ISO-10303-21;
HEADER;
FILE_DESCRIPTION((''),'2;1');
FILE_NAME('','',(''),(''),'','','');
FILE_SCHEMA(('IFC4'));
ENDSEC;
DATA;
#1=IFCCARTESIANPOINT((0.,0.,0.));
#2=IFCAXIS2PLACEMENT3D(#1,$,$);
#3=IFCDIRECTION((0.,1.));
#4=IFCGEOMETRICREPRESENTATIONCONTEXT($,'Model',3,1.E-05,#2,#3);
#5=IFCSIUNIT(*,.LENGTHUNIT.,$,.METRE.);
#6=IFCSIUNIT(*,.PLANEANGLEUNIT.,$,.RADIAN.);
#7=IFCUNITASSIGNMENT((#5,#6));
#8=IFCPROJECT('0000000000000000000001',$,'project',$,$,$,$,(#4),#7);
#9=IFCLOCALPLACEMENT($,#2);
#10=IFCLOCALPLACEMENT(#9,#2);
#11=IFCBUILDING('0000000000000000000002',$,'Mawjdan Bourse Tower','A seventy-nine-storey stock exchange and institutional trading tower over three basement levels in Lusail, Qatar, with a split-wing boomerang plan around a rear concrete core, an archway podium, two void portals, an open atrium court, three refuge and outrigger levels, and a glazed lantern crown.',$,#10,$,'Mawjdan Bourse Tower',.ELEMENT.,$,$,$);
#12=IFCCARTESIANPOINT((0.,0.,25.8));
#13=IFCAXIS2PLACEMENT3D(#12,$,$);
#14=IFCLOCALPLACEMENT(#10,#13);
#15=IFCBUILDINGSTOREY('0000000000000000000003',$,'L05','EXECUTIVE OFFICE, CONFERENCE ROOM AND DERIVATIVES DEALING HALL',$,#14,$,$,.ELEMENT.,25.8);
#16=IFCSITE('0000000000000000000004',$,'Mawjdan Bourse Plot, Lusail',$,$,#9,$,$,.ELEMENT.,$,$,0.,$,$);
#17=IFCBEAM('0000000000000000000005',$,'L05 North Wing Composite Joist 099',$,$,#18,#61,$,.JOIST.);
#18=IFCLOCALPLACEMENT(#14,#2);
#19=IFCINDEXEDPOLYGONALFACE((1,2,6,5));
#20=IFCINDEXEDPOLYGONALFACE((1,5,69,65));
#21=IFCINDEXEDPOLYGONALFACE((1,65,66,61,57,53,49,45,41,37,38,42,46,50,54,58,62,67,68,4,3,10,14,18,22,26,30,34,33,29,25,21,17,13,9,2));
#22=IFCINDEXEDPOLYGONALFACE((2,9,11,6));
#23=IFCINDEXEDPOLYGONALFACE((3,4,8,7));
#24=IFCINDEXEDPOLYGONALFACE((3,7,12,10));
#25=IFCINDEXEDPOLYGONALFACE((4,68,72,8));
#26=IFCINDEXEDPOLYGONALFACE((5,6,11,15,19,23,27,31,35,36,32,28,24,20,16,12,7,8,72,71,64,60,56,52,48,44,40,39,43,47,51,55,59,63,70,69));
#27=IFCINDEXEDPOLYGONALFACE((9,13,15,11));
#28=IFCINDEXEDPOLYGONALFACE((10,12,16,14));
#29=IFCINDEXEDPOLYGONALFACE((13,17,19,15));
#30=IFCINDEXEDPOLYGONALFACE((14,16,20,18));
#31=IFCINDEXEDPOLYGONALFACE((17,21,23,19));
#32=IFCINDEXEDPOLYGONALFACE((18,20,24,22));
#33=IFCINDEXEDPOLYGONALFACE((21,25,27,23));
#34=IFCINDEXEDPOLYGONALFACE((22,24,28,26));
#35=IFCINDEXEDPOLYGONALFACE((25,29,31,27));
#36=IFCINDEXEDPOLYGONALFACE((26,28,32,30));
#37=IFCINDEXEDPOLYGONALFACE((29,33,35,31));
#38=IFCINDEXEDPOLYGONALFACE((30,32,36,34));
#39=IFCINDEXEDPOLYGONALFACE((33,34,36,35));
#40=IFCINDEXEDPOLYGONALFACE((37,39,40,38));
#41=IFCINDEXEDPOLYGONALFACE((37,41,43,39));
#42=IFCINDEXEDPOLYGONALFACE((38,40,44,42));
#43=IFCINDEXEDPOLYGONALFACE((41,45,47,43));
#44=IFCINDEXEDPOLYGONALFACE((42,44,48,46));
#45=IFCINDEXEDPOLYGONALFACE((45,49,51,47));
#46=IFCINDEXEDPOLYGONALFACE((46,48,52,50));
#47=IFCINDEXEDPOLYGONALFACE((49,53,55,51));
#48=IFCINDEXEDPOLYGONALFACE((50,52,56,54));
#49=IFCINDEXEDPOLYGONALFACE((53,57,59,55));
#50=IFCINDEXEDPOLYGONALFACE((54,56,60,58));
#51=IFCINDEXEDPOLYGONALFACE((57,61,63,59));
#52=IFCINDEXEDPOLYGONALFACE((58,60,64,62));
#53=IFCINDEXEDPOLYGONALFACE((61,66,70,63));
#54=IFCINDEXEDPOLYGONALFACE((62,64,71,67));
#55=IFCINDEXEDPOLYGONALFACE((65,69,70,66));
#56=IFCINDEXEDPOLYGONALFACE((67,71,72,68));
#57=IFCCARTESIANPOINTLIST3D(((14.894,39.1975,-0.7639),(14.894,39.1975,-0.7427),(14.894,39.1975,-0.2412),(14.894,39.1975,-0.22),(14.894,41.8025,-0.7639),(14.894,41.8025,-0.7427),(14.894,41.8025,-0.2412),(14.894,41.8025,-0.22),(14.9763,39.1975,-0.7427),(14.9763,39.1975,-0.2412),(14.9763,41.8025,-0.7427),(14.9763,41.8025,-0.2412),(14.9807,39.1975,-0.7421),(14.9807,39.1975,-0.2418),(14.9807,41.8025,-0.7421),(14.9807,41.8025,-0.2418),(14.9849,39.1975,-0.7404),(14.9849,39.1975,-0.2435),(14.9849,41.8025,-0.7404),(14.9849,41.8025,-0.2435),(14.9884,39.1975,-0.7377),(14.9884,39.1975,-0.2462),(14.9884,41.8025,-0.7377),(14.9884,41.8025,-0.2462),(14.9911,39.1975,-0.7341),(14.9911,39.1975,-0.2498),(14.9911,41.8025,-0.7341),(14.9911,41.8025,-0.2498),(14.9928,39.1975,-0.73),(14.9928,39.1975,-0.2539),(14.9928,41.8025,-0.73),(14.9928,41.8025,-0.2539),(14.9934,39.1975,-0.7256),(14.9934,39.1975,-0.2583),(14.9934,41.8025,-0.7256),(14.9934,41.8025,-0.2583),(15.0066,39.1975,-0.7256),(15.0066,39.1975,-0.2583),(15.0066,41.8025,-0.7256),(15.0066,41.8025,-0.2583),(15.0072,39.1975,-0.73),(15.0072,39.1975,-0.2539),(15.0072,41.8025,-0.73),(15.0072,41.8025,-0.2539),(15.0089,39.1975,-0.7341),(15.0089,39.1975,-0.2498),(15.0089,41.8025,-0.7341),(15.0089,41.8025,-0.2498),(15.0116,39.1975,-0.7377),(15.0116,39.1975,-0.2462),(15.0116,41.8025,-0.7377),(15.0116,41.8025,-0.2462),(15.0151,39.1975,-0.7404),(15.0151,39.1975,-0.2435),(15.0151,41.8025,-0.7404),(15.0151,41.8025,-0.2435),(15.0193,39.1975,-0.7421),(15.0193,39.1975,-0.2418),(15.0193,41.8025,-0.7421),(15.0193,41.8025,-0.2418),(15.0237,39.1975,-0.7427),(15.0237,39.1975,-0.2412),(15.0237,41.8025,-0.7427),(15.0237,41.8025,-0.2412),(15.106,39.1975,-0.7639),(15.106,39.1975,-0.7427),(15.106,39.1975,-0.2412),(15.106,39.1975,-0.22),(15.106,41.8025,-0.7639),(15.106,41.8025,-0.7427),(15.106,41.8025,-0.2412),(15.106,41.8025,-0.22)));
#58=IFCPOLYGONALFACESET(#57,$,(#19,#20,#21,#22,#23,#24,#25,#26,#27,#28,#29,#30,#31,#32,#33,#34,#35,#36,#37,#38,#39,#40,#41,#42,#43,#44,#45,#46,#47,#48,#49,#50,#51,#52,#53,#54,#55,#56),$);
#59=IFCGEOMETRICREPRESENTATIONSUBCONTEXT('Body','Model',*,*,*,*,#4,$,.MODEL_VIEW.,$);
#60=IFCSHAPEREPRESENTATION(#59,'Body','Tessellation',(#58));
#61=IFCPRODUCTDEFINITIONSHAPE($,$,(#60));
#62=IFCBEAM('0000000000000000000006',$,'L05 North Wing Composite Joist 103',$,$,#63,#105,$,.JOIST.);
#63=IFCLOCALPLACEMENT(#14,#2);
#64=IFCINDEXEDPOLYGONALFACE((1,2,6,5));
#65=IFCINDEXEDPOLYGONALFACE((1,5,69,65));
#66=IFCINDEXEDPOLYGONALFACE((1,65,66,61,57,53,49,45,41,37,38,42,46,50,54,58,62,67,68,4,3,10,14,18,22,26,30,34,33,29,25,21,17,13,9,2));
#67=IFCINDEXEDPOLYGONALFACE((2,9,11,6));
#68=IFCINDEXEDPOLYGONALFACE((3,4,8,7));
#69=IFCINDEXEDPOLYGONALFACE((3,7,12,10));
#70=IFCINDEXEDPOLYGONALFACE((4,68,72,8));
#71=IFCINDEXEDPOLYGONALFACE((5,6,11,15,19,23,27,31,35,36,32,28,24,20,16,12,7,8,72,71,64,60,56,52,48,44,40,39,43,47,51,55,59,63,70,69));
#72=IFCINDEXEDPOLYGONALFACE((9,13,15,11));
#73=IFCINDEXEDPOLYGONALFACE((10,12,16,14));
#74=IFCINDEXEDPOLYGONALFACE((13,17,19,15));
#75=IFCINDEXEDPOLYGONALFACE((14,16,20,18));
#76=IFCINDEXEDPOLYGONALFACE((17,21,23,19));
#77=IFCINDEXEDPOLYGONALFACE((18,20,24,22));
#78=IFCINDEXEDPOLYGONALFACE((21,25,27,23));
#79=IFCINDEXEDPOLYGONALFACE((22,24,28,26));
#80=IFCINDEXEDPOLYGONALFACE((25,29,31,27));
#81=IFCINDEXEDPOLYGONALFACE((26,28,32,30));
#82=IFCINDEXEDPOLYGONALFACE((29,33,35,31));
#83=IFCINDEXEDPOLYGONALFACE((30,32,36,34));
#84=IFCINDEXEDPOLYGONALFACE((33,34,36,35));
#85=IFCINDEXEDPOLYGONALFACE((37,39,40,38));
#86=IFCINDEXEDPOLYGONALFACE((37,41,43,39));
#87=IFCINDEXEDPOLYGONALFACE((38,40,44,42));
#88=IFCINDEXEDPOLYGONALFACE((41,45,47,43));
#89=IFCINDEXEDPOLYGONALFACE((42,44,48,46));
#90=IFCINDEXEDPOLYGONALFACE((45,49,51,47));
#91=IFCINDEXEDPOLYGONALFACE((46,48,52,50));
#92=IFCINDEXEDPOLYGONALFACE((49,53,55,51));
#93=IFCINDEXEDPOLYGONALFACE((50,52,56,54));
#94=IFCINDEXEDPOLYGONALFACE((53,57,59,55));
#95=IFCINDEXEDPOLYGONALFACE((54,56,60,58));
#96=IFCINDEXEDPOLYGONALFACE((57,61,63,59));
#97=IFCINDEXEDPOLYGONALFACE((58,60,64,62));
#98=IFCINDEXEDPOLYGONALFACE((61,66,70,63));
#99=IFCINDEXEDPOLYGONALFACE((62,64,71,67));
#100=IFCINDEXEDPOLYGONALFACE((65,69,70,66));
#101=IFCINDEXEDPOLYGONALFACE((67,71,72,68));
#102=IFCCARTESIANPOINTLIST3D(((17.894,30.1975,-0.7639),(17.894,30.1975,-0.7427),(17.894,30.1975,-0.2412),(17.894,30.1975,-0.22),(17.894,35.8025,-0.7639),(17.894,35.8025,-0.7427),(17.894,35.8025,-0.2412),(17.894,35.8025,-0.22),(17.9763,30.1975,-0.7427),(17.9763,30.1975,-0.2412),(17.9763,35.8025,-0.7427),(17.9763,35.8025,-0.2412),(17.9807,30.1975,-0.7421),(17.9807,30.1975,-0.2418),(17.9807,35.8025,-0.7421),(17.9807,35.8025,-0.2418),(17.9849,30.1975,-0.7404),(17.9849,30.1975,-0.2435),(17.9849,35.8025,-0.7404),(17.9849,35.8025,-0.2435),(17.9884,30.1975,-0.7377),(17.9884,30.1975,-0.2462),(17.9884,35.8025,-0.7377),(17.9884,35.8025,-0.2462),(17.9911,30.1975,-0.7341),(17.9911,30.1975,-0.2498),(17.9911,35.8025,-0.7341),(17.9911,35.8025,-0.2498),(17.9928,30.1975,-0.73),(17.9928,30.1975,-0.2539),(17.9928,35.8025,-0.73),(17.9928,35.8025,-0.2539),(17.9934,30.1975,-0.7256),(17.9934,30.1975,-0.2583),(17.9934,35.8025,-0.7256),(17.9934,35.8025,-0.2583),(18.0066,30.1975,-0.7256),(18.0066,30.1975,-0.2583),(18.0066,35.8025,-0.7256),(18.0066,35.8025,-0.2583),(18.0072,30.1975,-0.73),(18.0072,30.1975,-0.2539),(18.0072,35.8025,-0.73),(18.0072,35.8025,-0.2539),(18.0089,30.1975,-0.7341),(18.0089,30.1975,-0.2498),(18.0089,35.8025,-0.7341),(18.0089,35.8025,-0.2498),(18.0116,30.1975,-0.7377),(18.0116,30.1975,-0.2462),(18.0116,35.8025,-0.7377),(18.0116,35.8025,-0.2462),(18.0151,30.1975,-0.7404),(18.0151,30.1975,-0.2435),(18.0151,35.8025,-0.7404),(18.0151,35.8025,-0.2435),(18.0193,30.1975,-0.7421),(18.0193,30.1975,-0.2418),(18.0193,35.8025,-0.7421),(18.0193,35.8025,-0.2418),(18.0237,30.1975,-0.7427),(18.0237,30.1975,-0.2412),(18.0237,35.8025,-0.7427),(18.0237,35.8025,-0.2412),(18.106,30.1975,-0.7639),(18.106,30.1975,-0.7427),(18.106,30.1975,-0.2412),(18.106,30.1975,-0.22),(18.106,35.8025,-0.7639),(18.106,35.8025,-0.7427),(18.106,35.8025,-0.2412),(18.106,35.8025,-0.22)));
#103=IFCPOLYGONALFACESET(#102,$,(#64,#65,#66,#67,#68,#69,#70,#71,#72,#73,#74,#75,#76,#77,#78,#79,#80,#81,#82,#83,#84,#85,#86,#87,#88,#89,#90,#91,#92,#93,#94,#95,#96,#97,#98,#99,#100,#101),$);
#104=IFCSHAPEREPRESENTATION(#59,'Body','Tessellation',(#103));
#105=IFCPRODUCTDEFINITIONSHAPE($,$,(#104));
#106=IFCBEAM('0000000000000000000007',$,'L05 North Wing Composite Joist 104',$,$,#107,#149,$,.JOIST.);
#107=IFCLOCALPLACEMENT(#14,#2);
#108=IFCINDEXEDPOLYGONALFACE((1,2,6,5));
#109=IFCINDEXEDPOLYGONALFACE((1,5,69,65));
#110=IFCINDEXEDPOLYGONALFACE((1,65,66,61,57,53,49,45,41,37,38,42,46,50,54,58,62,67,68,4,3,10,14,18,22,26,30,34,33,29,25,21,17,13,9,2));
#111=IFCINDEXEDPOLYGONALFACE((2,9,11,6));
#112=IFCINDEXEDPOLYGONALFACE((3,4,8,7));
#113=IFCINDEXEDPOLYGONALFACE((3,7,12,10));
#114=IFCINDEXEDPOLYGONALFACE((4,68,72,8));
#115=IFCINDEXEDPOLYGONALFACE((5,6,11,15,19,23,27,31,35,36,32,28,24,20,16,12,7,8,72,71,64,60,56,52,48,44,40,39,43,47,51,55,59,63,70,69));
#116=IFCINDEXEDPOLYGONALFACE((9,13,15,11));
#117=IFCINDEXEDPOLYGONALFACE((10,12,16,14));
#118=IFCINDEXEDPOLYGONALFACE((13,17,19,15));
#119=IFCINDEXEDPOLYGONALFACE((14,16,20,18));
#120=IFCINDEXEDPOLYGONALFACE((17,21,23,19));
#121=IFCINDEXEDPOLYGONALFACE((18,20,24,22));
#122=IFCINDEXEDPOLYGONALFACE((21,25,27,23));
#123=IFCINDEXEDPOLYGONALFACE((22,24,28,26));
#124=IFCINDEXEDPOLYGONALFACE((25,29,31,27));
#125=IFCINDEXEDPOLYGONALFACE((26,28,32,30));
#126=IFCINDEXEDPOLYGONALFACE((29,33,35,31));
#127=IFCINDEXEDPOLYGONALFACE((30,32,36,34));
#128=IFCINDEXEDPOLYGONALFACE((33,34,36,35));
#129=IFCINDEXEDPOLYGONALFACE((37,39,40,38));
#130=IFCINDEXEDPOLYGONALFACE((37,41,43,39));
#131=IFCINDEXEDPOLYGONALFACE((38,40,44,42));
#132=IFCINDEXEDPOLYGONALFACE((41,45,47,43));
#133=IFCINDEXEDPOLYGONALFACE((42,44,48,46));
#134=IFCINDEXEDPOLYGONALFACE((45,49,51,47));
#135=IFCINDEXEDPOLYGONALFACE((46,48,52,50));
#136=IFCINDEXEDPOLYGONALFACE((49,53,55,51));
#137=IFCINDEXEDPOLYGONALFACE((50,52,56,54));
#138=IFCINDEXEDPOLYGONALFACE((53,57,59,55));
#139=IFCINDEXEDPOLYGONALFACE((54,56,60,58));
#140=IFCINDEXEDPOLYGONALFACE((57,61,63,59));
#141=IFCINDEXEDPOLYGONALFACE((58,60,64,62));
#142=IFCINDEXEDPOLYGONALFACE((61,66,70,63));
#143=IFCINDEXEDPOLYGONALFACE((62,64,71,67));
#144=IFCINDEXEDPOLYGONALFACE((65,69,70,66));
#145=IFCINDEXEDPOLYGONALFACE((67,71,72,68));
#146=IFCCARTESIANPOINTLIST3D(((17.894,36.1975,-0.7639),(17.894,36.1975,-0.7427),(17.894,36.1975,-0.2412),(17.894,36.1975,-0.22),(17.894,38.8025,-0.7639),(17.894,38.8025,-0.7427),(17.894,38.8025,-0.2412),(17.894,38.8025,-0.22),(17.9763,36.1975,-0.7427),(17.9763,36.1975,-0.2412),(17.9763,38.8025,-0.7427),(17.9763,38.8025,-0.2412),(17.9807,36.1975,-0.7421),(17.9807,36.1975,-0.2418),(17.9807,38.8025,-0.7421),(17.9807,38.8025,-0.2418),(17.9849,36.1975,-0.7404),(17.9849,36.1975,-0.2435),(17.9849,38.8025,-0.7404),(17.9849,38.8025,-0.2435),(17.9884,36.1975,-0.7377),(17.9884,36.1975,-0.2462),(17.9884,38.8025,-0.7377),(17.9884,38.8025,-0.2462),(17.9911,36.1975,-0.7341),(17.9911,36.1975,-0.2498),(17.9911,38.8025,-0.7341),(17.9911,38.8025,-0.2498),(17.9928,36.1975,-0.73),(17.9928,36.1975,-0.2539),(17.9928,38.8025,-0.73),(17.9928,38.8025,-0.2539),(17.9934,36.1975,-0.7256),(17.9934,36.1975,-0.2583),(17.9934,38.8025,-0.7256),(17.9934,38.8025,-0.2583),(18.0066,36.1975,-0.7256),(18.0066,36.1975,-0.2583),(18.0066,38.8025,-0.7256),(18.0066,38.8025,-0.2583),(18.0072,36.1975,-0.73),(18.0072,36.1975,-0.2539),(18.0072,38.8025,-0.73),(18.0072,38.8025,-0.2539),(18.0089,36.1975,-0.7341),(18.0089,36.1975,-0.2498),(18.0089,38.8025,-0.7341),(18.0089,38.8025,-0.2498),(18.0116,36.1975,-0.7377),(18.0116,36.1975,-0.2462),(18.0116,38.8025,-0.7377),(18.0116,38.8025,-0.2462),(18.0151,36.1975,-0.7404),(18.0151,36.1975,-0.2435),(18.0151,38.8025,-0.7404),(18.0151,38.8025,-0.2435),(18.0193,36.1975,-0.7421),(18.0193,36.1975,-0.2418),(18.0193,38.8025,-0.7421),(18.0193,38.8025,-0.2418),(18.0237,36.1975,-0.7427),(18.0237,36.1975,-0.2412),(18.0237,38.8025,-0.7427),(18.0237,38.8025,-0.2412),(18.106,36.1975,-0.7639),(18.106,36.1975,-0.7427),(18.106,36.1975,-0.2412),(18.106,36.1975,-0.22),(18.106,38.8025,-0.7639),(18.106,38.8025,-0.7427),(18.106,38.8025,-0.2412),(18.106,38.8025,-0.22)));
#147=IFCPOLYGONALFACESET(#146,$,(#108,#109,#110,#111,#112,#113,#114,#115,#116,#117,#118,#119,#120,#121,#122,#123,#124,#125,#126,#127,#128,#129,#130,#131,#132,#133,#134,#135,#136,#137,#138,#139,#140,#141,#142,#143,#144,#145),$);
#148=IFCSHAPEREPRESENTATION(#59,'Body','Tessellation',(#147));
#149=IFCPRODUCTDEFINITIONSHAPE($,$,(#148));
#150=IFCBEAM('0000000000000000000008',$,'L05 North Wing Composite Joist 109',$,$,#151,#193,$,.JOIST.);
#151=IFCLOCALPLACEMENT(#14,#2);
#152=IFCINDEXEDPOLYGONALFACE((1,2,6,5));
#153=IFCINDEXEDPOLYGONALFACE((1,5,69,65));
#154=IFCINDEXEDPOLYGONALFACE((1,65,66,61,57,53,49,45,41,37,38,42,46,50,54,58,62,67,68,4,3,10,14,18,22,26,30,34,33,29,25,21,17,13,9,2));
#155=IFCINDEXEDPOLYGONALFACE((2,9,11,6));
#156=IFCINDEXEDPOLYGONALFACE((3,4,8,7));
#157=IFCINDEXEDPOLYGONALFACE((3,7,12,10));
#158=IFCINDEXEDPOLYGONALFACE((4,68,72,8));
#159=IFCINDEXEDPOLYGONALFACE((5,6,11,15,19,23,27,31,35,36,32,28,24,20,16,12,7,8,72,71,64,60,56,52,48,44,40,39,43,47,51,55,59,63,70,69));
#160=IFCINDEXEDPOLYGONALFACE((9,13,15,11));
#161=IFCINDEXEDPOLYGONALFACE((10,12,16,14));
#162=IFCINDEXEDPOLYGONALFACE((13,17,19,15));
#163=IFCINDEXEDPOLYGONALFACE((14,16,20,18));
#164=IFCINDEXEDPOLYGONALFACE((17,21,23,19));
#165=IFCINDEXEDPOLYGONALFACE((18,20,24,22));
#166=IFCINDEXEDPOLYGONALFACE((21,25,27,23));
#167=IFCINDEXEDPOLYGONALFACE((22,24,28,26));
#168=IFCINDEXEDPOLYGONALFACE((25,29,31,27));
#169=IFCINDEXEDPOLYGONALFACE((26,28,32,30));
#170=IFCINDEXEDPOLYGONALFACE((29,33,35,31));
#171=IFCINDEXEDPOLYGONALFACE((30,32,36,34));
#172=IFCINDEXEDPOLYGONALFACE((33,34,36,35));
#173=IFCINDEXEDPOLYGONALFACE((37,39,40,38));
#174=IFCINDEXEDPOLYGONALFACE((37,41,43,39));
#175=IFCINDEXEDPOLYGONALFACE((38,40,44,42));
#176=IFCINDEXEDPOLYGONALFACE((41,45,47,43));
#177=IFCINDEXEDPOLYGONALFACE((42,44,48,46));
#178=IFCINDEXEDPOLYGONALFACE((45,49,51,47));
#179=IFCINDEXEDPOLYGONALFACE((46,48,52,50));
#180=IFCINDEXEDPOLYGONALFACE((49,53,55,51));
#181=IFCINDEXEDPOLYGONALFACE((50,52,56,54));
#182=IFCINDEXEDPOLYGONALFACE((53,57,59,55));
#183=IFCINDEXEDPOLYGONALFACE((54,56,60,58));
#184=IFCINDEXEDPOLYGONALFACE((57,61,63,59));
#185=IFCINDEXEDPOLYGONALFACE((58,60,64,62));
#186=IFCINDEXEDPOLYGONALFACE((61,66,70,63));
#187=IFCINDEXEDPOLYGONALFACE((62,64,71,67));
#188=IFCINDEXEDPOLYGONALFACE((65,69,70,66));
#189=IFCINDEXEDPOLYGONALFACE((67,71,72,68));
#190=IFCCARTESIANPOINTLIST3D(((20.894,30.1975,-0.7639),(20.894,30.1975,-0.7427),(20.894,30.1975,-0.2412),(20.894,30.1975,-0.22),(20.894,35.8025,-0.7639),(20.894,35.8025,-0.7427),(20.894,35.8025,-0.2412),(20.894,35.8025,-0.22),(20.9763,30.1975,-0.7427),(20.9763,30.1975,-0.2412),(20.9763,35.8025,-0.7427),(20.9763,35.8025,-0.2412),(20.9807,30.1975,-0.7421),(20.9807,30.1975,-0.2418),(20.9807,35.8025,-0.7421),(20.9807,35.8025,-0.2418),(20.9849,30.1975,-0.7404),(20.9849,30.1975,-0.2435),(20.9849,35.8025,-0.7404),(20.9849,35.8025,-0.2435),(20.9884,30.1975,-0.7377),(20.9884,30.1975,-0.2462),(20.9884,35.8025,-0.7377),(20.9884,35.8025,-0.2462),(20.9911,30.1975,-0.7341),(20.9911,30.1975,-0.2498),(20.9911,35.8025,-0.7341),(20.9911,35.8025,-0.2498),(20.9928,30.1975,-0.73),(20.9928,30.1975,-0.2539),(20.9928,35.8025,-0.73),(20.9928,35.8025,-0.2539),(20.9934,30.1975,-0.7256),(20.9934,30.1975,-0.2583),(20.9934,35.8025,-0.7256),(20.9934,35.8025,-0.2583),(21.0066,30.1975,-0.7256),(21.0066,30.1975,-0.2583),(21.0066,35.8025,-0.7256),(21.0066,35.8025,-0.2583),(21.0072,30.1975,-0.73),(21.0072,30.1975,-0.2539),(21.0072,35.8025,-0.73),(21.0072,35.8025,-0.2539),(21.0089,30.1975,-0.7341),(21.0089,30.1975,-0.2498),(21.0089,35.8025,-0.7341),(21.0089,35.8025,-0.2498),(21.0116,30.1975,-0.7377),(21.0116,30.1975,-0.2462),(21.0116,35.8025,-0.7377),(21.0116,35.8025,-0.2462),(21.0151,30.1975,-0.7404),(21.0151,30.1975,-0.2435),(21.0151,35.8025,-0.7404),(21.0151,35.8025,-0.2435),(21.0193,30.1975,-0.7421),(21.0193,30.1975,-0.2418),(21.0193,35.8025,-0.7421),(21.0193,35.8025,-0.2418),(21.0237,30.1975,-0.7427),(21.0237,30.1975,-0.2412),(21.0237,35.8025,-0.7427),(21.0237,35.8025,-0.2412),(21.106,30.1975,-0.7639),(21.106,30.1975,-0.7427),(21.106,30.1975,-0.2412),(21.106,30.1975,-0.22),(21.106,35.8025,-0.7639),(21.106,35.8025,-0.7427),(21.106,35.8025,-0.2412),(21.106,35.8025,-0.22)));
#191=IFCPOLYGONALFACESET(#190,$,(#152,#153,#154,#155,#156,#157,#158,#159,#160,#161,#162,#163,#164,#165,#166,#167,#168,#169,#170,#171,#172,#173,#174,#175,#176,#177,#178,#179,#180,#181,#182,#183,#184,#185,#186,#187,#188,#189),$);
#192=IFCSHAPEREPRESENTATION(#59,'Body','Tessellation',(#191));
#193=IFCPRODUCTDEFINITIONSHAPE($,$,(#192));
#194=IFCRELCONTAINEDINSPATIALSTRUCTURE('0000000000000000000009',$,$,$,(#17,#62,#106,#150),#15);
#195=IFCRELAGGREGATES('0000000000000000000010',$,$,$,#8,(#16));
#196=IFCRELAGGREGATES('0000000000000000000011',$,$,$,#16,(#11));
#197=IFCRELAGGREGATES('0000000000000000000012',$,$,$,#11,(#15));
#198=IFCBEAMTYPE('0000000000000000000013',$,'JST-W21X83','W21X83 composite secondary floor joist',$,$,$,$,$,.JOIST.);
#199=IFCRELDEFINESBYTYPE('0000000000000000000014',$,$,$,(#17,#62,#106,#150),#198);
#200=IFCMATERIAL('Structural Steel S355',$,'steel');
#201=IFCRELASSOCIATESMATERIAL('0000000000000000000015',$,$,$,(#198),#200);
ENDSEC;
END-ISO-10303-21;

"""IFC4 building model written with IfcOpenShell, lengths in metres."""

from ifc_helpers import new_model, si_unit, direction, frame, origin, origin_2d, place, context, subcontext, project, spatial, i_section, extrude, material, material_profile, profile_set, type_object, element, save


model = new_model("IFC4")

# Units and contexts
model_context = context("Model", 3, precision=1e-05, world=origin(), true_north=direction((0.0, 1.0)))
body_context = subcontext(model_context, "Body", "Model", "MODEL_VIEW")
ifc_project = project(units=[si_unit("LENGTHUNIT", "METRE"), si_unit("PLANEANGLEUNIT", "RADIAN")], contexts=[model_context])

# Site, building, storey
site_placement = place(None, origin())
site = spatial("IfcSite", under=ifc_project, at=site_placement, Name="Mawjdan Bourse Plot, Lusail", CompositionType="ELEMENT", RefElevation=0.0)
building_placement = place(site_placement, origin())
building = spatial("IfcBuilding", under=site, at=building_placement, Name="Mawjdan Bourse Tower", Description="A seventy-nine-storey stock exchange and institutional trading tower over three basement levels in Lusail, Qatar, with a split-wing boomerang plan around a rear concrete core, an archway podium, two void portals, an open atrium court, three refuge and outrigger levels, and a glazed lantern crown.", LongName="Mawjdan Bourse Tower", CompositionType="ELEMENT")
storey_placement = place(building_placement, frame((0.0, 0.0, 25.8)))
storey = spatial("IfcBuildingStorey", under=building, at=storey_placement, Name="L05", Description="EXECUTIVE OFFICE, CONFERENCE ROOM AND DERIVATIVES DEALING HALL", CompositionType="ELEMENT", Elevation=25.8)

# Beams
ifc_material_1 = material(Name="Structural Steel S355", Category="steel")
ifc_material_profile_1 = material_profile(ifc_material_1, i_section(OverallWidth=0.2119, OverallDepth=0.5439, WebThickness=0.0132, FlangeThickness=0.0212, FilletRadius=0.0171, at=origin_2d()), Name="W21X83")
ifc_profile_set_1 = profile_set([ifc_material_profile_1], Name="Structural Steel S355")
beam_type_1 = type_object("IfcBeamType", Name="JST-W21X83", Description="W21X83 composite secondary floor joist", PredefinedType="JOIST", material=ifc_profile_set_1)
for number, where, z_axis, x_axis, name in (
    (1, (15.0, 39.1975, -0.4919), (0.0, 1.0, 0.0), (-1.0, 0.0, 0.0), "L05 North Wing Composite Joist 099"),
):
    element("IfcBeam", number, at=place(storey_placement, frame(where, z_axis=z_axis, x_axis=x_axis)), inside=storey, type_object=beam_type_1, Name=name, PredefinedType="JOIST", context=body_context, shape_type="SweptSolid", body=[
        extrude(i_section(OverallWidth=0.2119, OverallDepth=0.5439, WebThickness=0.0132, FlangeThickness=0.0212, FilletRadius=0.0171, at=origin_2d()), origin(), (0.0, 0.0, 1.0), 2.605),
    ])
beam_1_placement = place(storey_placement, frame((18.0, 30.1975, -0.4919), z_axis=(0.0, 1.0, 0.0), x_axis=(-1.0, 0.0, 0.0)))
element("IfcBeam", 2, at=beam_1_placement, inside=storey, type_object=beam_type_1, Name="L05 North Wing Composite Joist 103", PredefinedType="JOIST", context=body_context, shape_type="SweptSolid", body=[
    extrude(i_section(OverallWidth=0.2119, OverallDepth=0.5439, WebThickness=0.0132, FlangeThickness=0.0212, FilletRadius=0.0171, at=origin_2d()), origin(), (0.0, 0.0, 1.0), 5.605),
])
beam_2_placement = place(storey_placement, frame((18.0, 36.1975, -0.4919), z_axis=(0.0, 1.0, 0.0), x_axis=(-1.0, 0.0, 0.0)))
element("IfcBeam", 3, at=beam_2_placement, inside=storey, type_object=beam_type_1, Name="L05 North Wing Composite Joist 104", PredefinedType="JOIST", context=body_context, shape_type="SweptSolid", body=[
    extrude(i_section(OverallWidth=0.2119, OverallDepth=0.5439, WebThickness=0.0132, FlangeThickness=0.0212, FilletRadius=0.0171, at=origin_2d()), origin(), (0.0, 0.0, 1.0), 2.605),
])
beam_3_placement = place(storey_placement, frame((21.0, 30.1975, -0.4919), z_axis=(0.0, 1.0, 0.0), x_axis=(-1.0, 0.0, 0.0)))
element("IfcBeam", 4, at=beam_3_placement, inside=storey, type_object=beam_type_1, Name="L05 North Wing Composite Joist 109", PredefinedType="JOIST", context=body_context, shape_type="SweptSolid", body=[
    extrude(i_section(OverallWidth=0.2119, OverallDepth=0.5439, WebThickness=0.0132, FlangeThickness=0.0212, FilletRadius=0.0171, at=origin_2d()), origin(), (0.0, 0.0, 1.0), 5.605),
])

save(model, "model.ifc")
